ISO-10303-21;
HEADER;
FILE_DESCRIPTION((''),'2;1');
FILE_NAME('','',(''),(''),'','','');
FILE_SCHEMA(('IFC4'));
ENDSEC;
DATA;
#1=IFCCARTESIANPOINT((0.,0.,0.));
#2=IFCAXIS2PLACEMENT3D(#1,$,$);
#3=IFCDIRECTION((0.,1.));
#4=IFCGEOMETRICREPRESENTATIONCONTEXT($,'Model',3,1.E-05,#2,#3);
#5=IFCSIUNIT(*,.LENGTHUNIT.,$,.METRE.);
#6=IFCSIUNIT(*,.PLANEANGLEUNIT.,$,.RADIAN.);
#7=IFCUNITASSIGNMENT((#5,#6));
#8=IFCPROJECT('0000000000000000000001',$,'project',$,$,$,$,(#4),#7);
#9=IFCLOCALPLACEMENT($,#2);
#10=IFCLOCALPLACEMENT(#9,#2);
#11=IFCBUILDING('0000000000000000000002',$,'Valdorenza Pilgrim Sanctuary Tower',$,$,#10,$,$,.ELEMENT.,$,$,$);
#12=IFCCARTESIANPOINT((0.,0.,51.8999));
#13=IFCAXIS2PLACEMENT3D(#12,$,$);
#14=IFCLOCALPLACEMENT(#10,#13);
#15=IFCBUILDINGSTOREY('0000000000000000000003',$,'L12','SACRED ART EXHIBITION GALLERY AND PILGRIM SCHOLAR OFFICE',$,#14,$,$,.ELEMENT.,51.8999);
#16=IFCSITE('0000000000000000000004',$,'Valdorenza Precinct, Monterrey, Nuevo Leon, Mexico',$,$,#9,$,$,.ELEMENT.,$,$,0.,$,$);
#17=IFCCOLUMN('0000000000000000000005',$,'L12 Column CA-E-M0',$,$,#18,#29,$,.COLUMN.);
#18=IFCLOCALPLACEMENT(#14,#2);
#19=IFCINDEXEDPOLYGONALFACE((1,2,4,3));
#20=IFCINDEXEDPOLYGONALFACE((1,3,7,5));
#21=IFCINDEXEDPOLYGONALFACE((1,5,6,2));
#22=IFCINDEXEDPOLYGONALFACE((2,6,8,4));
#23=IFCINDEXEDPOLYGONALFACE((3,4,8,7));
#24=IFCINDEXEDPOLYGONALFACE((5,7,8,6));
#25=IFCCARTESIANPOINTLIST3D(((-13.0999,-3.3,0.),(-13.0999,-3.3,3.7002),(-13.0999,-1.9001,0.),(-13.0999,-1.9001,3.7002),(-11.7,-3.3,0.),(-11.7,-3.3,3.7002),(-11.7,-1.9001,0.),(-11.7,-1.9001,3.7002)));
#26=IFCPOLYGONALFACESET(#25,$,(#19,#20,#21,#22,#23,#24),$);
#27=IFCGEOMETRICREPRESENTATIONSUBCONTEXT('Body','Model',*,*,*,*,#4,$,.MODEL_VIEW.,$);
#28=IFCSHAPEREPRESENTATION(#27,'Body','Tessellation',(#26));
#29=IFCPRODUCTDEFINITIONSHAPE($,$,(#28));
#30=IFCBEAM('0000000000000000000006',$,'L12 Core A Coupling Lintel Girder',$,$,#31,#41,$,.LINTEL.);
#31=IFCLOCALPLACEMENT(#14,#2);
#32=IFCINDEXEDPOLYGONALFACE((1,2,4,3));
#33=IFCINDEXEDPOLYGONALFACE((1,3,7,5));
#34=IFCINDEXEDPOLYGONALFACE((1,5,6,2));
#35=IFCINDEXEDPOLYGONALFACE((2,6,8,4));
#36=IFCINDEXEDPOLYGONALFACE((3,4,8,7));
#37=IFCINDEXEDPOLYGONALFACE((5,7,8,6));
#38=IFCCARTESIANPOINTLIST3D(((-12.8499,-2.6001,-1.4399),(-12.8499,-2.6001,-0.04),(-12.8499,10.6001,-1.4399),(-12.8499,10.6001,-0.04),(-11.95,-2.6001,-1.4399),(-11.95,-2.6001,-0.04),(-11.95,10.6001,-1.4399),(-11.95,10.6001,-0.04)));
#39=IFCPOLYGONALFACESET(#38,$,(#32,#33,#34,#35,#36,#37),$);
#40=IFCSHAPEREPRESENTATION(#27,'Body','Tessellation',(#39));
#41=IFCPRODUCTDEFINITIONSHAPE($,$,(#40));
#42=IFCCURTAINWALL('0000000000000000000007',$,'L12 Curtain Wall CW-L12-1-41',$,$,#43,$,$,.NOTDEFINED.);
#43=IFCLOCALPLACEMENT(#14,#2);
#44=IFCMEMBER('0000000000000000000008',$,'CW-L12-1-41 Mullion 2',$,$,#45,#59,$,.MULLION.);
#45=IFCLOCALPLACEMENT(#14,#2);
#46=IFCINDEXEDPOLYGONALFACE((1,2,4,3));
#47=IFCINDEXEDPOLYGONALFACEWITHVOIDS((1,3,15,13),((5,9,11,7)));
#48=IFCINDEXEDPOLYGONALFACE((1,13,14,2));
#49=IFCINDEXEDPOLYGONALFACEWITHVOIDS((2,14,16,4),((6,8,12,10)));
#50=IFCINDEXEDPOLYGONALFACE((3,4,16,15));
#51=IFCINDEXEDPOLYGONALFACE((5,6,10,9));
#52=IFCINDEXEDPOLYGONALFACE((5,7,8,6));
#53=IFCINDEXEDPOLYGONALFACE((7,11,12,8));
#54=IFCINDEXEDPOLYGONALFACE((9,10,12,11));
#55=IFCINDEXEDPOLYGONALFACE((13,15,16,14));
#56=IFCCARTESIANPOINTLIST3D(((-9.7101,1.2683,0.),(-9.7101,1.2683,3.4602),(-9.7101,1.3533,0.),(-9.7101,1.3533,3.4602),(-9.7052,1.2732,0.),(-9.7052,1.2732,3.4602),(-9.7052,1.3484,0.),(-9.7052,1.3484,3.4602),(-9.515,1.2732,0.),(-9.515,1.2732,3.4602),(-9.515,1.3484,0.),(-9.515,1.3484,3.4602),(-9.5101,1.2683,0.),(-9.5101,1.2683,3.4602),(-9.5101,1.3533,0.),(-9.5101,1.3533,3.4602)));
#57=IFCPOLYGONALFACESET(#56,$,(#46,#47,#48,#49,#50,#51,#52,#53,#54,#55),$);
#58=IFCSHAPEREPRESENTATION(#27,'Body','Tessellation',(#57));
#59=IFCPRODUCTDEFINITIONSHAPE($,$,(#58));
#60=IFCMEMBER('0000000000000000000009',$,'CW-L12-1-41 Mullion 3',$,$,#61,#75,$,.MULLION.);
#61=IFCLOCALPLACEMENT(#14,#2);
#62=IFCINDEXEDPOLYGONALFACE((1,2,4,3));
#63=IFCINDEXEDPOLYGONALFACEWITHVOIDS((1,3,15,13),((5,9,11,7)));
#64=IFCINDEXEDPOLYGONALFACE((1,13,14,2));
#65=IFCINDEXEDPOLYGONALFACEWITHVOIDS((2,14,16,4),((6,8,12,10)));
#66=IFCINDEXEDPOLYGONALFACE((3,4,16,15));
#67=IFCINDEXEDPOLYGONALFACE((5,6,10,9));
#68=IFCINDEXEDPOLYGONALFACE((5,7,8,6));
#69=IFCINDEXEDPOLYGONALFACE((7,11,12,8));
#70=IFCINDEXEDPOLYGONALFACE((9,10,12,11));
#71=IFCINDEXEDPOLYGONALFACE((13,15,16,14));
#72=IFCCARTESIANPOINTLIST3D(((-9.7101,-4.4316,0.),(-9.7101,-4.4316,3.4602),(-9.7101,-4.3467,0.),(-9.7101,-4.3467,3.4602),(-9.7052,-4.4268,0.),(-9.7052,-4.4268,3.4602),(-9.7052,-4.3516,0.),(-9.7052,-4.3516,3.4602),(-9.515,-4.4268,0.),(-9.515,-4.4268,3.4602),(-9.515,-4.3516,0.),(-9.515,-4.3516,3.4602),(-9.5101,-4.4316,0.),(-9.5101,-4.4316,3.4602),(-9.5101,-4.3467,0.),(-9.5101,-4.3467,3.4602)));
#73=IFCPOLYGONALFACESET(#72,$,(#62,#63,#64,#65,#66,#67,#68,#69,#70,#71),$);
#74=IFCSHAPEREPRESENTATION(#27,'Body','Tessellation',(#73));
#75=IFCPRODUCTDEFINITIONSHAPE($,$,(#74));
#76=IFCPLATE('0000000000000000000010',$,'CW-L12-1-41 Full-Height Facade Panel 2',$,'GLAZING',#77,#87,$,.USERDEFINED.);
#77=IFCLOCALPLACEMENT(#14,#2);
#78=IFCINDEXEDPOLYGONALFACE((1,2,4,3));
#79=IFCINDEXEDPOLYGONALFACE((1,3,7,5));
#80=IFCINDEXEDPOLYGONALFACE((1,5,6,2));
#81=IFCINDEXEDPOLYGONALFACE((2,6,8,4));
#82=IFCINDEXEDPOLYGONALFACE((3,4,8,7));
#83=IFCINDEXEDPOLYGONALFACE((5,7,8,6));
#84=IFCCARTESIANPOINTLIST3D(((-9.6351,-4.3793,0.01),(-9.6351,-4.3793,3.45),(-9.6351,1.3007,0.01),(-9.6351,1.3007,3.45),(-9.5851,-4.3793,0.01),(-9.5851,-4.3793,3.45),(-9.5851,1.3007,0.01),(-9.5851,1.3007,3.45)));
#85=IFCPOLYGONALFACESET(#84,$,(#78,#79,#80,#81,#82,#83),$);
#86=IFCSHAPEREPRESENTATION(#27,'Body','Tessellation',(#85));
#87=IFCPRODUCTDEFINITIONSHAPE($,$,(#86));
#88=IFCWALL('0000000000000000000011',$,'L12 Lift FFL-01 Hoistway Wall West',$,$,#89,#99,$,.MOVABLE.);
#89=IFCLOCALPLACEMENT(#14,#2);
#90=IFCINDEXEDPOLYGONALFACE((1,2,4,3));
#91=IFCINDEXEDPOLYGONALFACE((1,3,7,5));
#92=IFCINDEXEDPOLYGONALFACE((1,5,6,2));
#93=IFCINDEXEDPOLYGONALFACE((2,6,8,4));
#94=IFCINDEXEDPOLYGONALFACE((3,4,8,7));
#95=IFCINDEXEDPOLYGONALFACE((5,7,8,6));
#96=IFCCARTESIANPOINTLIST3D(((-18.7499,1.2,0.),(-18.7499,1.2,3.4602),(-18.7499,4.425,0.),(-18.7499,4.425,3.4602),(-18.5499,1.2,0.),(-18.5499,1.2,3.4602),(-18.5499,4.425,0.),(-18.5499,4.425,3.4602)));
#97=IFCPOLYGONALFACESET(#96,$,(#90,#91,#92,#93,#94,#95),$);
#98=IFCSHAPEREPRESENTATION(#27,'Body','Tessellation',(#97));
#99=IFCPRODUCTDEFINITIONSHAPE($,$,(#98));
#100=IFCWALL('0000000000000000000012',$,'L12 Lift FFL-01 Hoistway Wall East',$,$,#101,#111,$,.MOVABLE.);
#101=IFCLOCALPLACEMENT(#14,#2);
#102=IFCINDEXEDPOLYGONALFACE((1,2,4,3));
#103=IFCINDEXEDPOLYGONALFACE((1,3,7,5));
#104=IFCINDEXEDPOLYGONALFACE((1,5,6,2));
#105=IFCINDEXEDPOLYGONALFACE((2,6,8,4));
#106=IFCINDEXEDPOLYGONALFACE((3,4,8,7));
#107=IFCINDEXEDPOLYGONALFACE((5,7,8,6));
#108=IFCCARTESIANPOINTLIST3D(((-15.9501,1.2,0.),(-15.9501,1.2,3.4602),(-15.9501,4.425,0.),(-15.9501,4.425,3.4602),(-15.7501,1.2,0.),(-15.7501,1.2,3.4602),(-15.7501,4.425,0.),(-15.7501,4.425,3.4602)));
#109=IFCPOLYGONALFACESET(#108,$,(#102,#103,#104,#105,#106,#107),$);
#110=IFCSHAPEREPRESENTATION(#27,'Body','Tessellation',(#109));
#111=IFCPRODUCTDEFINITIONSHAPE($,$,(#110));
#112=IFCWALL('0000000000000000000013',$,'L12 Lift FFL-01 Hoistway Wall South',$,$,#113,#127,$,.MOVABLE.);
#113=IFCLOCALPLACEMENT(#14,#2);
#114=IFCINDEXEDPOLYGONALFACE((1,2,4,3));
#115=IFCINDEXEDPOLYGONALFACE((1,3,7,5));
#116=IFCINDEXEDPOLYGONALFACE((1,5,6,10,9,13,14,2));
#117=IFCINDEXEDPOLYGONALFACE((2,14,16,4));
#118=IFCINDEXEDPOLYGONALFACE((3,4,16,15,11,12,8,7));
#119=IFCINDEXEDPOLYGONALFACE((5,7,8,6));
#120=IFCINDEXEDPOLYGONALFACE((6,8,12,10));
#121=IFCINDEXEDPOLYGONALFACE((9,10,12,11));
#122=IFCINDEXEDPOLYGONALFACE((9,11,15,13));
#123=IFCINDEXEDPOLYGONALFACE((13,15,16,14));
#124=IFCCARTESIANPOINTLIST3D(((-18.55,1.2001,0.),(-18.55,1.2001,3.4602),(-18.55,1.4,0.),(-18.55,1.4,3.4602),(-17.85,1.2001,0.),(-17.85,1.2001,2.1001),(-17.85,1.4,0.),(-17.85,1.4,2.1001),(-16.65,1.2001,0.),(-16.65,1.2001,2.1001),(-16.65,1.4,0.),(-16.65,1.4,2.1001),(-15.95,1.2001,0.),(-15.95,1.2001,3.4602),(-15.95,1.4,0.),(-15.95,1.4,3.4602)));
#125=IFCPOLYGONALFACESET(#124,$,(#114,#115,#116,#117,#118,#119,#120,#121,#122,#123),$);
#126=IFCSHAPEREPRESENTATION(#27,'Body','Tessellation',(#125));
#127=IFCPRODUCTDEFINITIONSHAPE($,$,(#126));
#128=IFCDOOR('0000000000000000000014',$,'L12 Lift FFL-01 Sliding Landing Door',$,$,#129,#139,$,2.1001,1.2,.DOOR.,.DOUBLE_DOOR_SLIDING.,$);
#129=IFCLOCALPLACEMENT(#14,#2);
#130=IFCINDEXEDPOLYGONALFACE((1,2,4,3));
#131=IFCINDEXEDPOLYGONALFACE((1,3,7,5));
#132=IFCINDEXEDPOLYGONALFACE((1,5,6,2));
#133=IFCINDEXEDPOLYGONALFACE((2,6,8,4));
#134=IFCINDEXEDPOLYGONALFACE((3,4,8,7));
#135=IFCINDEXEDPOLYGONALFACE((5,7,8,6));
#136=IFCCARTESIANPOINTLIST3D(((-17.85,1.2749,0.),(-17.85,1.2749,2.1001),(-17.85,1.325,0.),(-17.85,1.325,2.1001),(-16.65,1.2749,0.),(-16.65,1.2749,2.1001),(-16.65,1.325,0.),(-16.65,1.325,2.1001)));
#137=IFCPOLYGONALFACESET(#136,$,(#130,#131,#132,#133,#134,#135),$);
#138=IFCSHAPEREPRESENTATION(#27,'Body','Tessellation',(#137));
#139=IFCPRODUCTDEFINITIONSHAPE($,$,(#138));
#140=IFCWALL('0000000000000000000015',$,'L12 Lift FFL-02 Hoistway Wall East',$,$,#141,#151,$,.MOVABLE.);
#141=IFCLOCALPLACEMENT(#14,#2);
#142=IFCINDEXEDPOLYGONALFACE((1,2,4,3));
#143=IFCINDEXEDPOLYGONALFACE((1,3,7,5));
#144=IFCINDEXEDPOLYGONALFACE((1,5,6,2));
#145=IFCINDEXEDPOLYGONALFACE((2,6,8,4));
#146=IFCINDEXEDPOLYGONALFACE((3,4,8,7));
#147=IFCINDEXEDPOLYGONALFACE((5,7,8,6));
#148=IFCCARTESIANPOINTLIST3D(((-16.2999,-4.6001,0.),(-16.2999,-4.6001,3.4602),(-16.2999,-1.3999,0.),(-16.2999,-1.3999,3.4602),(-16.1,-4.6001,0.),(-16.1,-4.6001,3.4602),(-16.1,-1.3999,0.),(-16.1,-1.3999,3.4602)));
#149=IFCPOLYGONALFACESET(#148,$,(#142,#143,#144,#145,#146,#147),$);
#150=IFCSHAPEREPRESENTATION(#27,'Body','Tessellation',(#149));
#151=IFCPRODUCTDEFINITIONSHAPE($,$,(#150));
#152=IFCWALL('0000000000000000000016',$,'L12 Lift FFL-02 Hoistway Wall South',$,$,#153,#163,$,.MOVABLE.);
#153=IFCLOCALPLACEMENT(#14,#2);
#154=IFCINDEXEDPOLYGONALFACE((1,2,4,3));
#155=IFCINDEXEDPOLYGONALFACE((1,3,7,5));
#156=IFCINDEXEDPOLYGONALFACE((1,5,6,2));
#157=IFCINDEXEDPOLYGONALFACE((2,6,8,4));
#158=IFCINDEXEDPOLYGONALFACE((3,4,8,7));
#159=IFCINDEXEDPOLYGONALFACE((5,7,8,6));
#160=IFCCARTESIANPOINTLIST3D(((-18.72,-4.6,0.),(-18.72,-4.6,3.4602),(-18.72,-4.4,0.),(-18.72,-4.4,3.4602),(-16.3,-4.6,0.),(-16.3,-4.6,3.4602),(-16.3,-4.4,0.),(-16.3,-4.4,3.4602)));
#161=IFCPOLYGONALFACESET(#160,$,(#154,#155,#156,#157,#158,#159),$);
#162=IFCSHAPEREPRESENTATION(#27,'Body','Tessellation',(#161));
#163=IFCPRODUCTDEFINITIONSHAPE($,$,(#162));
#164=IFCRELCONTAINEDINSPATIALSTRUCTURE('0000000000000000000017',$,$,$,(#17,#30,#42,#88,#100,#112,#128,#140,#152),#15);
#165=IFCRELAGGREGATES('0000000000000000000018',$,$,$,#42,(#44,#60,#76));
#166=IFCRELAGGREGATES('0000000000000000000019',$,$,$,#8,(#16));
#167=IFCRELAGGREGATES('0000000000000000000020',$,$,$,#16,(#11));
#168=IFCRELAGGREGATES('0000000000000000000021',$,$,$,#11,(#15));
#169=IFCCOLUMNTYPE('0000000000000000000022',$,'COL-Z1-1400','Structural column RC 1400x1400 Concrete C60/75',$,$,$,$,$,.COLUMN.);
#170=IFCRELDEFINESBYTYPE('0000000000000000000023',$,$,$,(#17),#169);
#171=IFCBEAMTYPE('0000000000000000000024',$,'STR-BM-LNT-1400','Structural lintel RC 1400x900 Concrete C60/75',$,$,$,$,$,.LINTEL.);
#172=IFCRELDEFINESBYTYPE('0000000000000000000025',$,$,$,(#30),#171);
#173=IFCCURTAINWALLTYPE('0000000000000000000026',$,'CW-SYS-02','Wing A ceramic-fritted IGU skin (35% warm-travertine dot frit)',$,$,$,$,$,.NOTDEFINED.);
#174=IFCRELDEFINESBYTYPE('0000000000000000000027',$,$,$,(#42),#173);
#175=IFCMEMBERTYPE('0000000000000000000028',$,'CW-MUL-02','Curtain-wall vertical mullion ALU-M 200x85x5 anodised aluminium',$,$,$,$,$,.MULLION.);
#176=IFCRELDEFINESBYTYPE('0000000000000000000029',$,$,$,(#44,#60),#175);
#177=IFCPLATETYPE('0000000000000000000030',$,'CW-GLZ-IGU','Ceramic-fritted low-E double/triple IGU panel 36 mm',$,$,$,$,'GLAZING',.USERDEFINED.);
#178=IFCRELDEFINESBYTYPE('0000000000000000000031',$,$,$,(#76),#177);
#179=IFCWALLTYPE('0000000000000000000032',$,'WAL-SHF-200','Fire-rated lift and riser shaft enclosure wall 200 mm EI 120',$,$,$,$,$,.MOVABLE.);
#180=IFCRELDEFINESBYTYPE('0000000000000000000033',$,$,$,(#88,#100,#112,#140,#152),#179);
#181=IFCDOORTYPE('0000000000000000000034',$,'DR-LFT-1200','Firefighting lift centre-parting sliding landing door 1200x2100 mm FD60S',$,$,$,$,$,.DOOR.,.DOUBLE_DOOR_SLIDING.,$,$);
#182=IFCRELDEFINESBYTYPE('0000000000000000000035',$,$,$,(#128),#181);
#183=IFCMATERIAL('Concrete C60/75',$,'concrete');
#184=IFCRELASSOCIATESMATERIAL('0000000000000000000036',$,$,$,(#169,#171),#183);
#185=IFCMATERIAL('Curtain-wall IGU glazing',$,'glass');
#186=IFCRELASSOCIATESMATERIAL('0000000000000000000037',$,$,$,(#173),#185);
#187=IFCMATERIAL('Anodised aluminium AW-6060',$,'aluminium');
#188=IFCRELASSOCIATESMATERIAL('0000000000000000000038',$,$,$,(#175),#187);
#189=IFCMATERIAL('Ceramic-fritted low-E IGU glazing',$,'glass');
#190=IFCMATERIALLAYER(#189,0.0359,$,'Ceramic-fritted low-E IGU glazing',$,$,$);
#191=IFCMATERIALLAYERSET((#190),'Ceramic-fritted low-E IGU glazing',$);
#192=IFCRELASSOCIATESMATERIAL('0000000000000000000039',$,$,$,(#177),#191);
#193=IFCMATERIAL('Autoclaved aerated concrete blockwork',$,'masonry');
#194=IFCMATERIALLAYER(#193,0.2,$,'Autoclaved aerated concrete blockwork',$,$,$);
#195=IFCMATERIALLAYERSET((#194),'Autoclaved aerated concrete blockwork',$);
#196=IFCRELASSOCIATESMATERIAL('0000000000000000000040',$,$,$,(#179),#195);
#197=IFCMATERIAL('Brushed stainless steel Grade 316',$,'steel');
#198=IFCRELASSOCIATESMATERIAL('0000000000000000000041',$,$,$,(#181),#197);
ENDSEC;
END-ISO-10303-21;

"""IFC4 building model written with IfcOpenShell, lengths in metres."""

from ifc_helpers import new_model, si_unit, direction, frame, frame_2d, origin, origin_2d, place, context, subcontext, project, spatial, rectangle, hollow_rectangle, extrude, source, transform, mapped, material, layer, layer_set, material_profile, profile_set, type_object, element, fill, aggregate, save


model = new_model("IFC4")

# Units and contexts
model_context = context("Model", 3, precision=1e-05, world=origin(), true_north=direction((0.0, 1.0)))
body_context = subcontext(model_context, "Body", "Model", "MODEL_VIEW")
ifc_project = project(units=[si_unit("LENGTHUNIT", "METRE"), si_unit("PLANEANGLEUNIT", "RADIAN")], contexts=[model_context])

# Site, building, storey
site_placement = place(None, origin())
site = spatial("IfcSite", under=ifc_project, at=site_placement, Name="Valdorenza Precinct, Monterrey, Nuevo Leon, Mexico", CompositionType="ELEMENT", RefElevation=0.0)
building_placement = place(site_placement, origin())
building = spatial("IfcBuilding", under=site, at=building_placement, Name="Valdorenza Pilgrim Sanctuary Tower", CompositionType="ELEMENT")
storey_placement = place(building_placement, frame((0.0, 0.0, 51.8999)))
storey = spatial("IfcBuildingStorey", under=building, at=storey_placement, Name="L12", Description="SACRED ART EXHIBITION GALLERY AND PILGRIM SCHOLAR OFFICE", CompositionType="ELEMENT", Elevation=51.8999)

# Column
ifc_material_1 = material(Name="Concrete C60/75", Category="concrete")
ifc_material_profile_1 = material_profile(ifc_material_1, rectangle(XDim=1.3999, YDim=1.3999, at=origin_2d()), Name="RC 1400x1400")
ifc_profile_set_1 = profile_set([ifc_material_profile_1], Name="Concrete C60/75")
column_type = type_object("IfcColumnType", Name="COL-Z1-1400", Description="Structural column RC 1400x1400 Concrete C60/75", PredefinedType="COLUMN", material=ifc_profile_set_1)
shared_shape_1 = source(origin(), body_context, "Body", "SweptSolid", [
    extrude(rectangle(XDim=1.3999, YDim=1.3999, at=origin_2d()), origin(), (0.0, 0.0, 1.0), 3.7002),
])
column_placement = place(storey_placement, frame((-12.3999, -2.6001, 0.0), z_axis=(0.0, 0.0, 1.0), x_axis=(1.0, 0.0, 0.0)))
element("IfcColumn", 1, at=column_placement, inside=storey, type_object=column_type, Name="L12 Column CA-E-M0", PredefinedType="COLUMN", context=body_context, shape_type="MappedRepresentation", body=[
    mapped(shared_shape_1, transform((0.0, 0.0, 0.0), x_axis=(1.0, 0.0, 0.0), y_axis=(0.0, 1.0, 0.0), z_axis=(0.0, 0.0, 1.0), scale=1.0)),
])

# Beam
ifc_material_profile_2 = material_profile(ifc_material_1, rectangle(XDim=0.8999, YDim=1.3999, at=origin_2d()), Name="RC 1400x900")
ifc_profile_set_2 = profile_set([ifc_material_profile_2], Name="Concrete C60/75")
beam_type = type_object("IfcBeamType", Name="STR-BM-LNT-1400", Description="Structural lintel RC 1400x900 Concrete C60/75", PredefinedType="LINTEL", material=ifc_profile_set_2)
shared_shape_2 = source(origin(), body_context, "Body", "SweptSolid", [
    extrude(rectangle(XDim=0.8999, YDim=1.3999, at=origin_2d()), origin(), (0.0, 0.0, 1.0), 13.2002),
])
beam_placement = place(storey_placement, frame((-12.3999, -2.6001, -0.74), z_axis=(0.0, 1.0, 0.0), x_axis=(-1.0, 0.0, 0.0)))
element("IfcBeam", 2, at=beam_placement, inside=storey, type_object=beam_type, Name="L12 Core A Coupling Lintel Girder", PredefinedType="LINTEL", context=body_context, shape_type="MappedRepresentation", body=[
    mapped(shared_shape_2, transform((0.0, 0.0, 0.0), x_axis=(1.0, 0.0, 0.0), y_axis=(0.0, 1.0, 0.0), z_axis=(0.0, 0.0, 1.0), scale=1.0)),
])

# Curtain wall, members, plate
ifc_material_2 = material(Name="Curtain-wall IGU glazing", Category="glass")
curtain_wall_type = type_object("IfcCurtainWallType", Name="CW-SYS-02", Description="Wing A ceramic-fritted IGU skin (35% warm-travertine dot frit)", PredefinedType="NOTDEFINED", material=ifc_material_2)
curtain_wall_placement = place(storey_placement, origin())
curtain_wall = element("IfcCurtainWall", 3, at=curtain_wall_placement, inside=storey, type_object=curtain_wall_type, Name="L12 Curtain Wall CW-L12-1-41", PredefinedType="NOTDEFINED")
ifc_material_3 = material(Name="Anodised aluminium AW-6060", Category="aluminium")
ifc_material_profile_3 = material_profile(ifc_material_3, hollow_rectangle(XDim=0.085, YDim=0.2, WallThickness=0.0049, at=origin_2d()), Name="ALU-M 200x85x5")
ifc_profile_set_3 = profile_set([ifc_material_profile_3], Name="Anodised aluminium AW-6060")
member_type = type_object("IfcMemberType", Name="CW-MUL-02", Description="Curtain-wall vertical mullion ALU-M 200x85x5 anodised aluminium", PredefinedType="MULLION", material=ifc_profile_set_3)
shared_shape_3 = source(origin(), body_context, "Body", "SweptSolid", [
    extrude(hollow_rectangle(XDim=0.085, YDim=0.2, WallThickness=0.0049, at=origin_2d()), origin(), (0.0, 0.0, 1.0), 3.4602),
])
member_1_placement = place(storey_placement, frame((-9.6101, 1.3108, 0.0), z_axis=(0.0, 0.0, 1.0), x_axis=(0.0, -1.0, 0.0)))
member_1 = element("IfcMember", 4, at=member_1_placement, type_object=member_type, Name="CW-L12-1-41 Mullion 2", PredefinedType="MULLION", context=body_context, shape_type="MappedRepresentation", body=[
    mapped(shared_shape_3, transform((0.0, 0.0, 0.0), x_axis=(1.0, 0.0, 0.0), y_axis=(0.0, 1.0, 0.0), z_axis=(0.0, 0.0, 1.0), scale=1.0)),
])
member_2_placement = place(storey_placement, frame((-9.6101, -4.3892, 0.0), z_axis=(0.0, 0.0, 1.0), x_axis=(0.0, -1.0, 0.0)))
member_2 = element("IfcMember", 5, at=member_2_placement, type_object=member_type, Name="CW-L12-1-41 Mullion 3", PredefinedType="MULLION", context=body_context, shape_type="MappedRepresentation", body=[
    mapped(shared_shape_3, transform((0.0, 0.0, 0.0), x_axis=(1.0, 0.0, 0.0), y_axis=(0.0, 1.0, 0.0), z_axis=(0.0, 0.0, 1.0), scale=1.0)),
])
ifc_material_4 = material(Name="Ceramic-fritted low-E IGU glazing", Category="glass")
ifc_layer_1 = layer(ifc_material_4, 0.0359, Name="Ceramic-fritted low-E IGU glazing")
ifc_layer_set_1 = layer_set([ifc_layer_1], Name="Ceramic-fritted low-E IGU glazing")
plate_type = type_object("IfcPlateType", Name="CW-GLZ-IGU", Description="Ceramic-fritted low-E double/triple IGU panel 36 mm", ElementType="GLAZING", PredefinedType="USERDEFINED", material=ifc_layer_set_1)
shared_shape_4 = source(origin(), body_context, "Body", "SweptSolid", [
    extrude(rectangle(XDim=5.6799, YDim=0.05, at=origin_2d()), origin(), (0.0, 0.0, 1.0), 3.4399),
])
plate_placement = place(storey_placement, frame((-9.6101, -1.5393, 0.01), z_axis=(0.0, 0.0, 1.0), x_axis=(0.0, -1.0, 0.0)))
plate = element("IfcPlate", 6, at=plate_placement, type_object=plate_type, Name="CW-L12-1-41 Full-Height Facade Panel 2", ObjectType="GLAZING", PredefinedType="USERDEFINED", context=body_context, shape_type="MappedRepresentation", body=[
    mapped(shared_shape_4, transform((0.0, 0.0, 0.0), x_axis=(1.0, 0.0, 0.0), y_axis=(0.0, 1.0, 0.0), z_axis=(0.0, 0.0, 1.0), scale=1.0)),
])
aggregate(curtain_wall, [member_1, member_2, plate])

# Walls
ifc_material_5 = material(Name="Autoclaved aerated concrete blockwork", Category="masonry")
ifc_layer_2 = layer(ifc_material_5, 0.2, Name="Autoclaved aerated concrete blockwork")
ifc_layer_set_2 = layer_set([ifc_layer_2], Name="Autoclaved aerated concrete blockwork")
wall_type_1 = type_object("IfcWallType", Name="WAL-SHF-200", Description="Fire-rated lift and riser shaft enclosure wall 200 mm EI 120", PredefinedType="MOVABLE", material=ifc_layer_set_2)
for number, where, z_axis, x_axis, name in (
    (7, (-18.6499, 1.2, 0.0), (0.0, 0.0, 1.0), (0.0, 1.0, 0.0), "L12 Lift FFL-01 Hoistway Wall West"),
    (8, (-15.8501, 1.2, 0.0), (0.0, 0.0, 1.0), (0.0, 1.0, 0.0), "L12 Lift FFL-01 Hoistway Wall East"),
):
    element("IfcWall", number, at=place(storey_placement, frame(where, z_axis=z_axis, x_axis=x_axis)), inside=storey, type_object=wall_type_1, Name=name, PredefinedType="MOVABLE", context=body_context, shape_type="SweptSolid", body=[
        extrude(rectangle(XDim=3.2251, YDim=0.2, at=frame_2d((1.6125, 0.0))), origin(), (0.0, 0.0, 1.0), 3.4602),
    ])

# Wall, opening, door
wall_1_placement = place(storey_placement, frame((-18.55, 1.3, 0.0), z_axis=(0.0, 0.0, 1.0), x_axis=(1.0, 0.0, 0.0)))
wall_1 = element("IfcWall", 9, at=wall_1_placement, inside=storey, type_object=wall_type_1, Name="L12 Lift FFL-01 Hoistway Wall South", PredefinedType="MOVABLE", context=body_context, shape_type="SweptSolid", body=[
    extrude(rectangle(XDim=2.6001, YDim=0.2, at=frame_2d((1.3, 0.0))), origin(), (0.0, 0.0, 1.0), 3.4602),
])
opening_1_placement = place(wall_1_placement, frame((0.7, 0.0, 0.0)))
opening_1 = element("IfcOpeningElement", 10, at=opening_1_placement, cuts=wall_1, PredefinedType="OPENING", context=body_context, shape_type="SweptSolid", body=[
    extrude(rectangle(XDim=1.2, YDim=2.1001, at=frame_2d((0.6001, 1.05))), frame((0.0, 0.1147, 0.0), z_axis=(0.0, -1.0, 0.0), x_axis=(1.0, 0.0, 0.0)), (0.0, 0.0, 1.0), 0.2297),
])
ifc_material_6 = material(Name="Brushed stainless steel Grade 316", Category="steel")
door_type_1 = type_object("IfcDoorType", Name="DR-LFT-1200", Description="Firefighting lift centre-parting sliding landing door 1200x2100 mm FD60S", OperationType="DOUBLE_DOOR_SLIDING", PredefinedType="DOOR", material=ifc_material_6)
door_1_placement = place(opening_1_placement, origin())
door_1 = element("IfcDoor", 11, at=door_1_placement, inside=storey, type_object=door_type_1, Name="L12 Lift FFL-01 Sliding Landing Door", OperationType="DOUBLE_DOOR_SLIDING", OverallHeight=2.1001, OverallWidth=1.2, PredefinedType="DOOR", context=body_context, shape_type="SweptSolid", body=[
    extrude(rectangle(XDim=1.2, YDim=2.1001, at=frame_2d((0.6001, 1.05))), frame((0.0, 0.0249, 0.0), z_axis=(0.0, -1.0, 0.0), x_axis=(1.0, 0.0, 0.0)), (0.0, 0.0, 1.0), 0.05),
])
fill(opening_1, door_1)

# Walls
wall_2_placement = place(storey_placement, frame((-16.2, -4.6001, 0.0), z_axis=(0.0, 0.0, 1.0), x_axis=(0.0, 1.0, 0.0)))
element("IfcWall", 12, at=wall_2_placement, inside=storey, type_object=wall_type_1, Name="L12 Lift FFL-02 Hoistway Wall East", PredefinedType="MOVABLE", context=body_context, shape_type="SweptSolid", body=[
    extrude(rectangle(XDim=3.2002, YDim=0.2, at=frame_2d((1.6001, 0.0))), origin(), (0.0, 0.0, 1.0), 3.4602),
])
wall_3_placement = place(storey_placement, frame((-18.72, -4.5, 0.0), z_axis=(0.0, 0.0, 1.0), x_axis=(1.0, 0.0, 0.0)))
element("IfcWall", 13, at=wall_3_placement, inside=storey, type_object=wall_type_1, Name="L12 Lift FFL-02 Hoistway Wall South", PredefinedType="MOVABLE", context=body_context, shape_type="SweptSolid", body=[
    extrude(rectangle(XDim=2.4199, YDim=0.2, at=frame_2d((1.21, 0.0))), origin(), (0.0, 0.0, 1.0), 3.4602),
])

save(model, "model.ifc")
